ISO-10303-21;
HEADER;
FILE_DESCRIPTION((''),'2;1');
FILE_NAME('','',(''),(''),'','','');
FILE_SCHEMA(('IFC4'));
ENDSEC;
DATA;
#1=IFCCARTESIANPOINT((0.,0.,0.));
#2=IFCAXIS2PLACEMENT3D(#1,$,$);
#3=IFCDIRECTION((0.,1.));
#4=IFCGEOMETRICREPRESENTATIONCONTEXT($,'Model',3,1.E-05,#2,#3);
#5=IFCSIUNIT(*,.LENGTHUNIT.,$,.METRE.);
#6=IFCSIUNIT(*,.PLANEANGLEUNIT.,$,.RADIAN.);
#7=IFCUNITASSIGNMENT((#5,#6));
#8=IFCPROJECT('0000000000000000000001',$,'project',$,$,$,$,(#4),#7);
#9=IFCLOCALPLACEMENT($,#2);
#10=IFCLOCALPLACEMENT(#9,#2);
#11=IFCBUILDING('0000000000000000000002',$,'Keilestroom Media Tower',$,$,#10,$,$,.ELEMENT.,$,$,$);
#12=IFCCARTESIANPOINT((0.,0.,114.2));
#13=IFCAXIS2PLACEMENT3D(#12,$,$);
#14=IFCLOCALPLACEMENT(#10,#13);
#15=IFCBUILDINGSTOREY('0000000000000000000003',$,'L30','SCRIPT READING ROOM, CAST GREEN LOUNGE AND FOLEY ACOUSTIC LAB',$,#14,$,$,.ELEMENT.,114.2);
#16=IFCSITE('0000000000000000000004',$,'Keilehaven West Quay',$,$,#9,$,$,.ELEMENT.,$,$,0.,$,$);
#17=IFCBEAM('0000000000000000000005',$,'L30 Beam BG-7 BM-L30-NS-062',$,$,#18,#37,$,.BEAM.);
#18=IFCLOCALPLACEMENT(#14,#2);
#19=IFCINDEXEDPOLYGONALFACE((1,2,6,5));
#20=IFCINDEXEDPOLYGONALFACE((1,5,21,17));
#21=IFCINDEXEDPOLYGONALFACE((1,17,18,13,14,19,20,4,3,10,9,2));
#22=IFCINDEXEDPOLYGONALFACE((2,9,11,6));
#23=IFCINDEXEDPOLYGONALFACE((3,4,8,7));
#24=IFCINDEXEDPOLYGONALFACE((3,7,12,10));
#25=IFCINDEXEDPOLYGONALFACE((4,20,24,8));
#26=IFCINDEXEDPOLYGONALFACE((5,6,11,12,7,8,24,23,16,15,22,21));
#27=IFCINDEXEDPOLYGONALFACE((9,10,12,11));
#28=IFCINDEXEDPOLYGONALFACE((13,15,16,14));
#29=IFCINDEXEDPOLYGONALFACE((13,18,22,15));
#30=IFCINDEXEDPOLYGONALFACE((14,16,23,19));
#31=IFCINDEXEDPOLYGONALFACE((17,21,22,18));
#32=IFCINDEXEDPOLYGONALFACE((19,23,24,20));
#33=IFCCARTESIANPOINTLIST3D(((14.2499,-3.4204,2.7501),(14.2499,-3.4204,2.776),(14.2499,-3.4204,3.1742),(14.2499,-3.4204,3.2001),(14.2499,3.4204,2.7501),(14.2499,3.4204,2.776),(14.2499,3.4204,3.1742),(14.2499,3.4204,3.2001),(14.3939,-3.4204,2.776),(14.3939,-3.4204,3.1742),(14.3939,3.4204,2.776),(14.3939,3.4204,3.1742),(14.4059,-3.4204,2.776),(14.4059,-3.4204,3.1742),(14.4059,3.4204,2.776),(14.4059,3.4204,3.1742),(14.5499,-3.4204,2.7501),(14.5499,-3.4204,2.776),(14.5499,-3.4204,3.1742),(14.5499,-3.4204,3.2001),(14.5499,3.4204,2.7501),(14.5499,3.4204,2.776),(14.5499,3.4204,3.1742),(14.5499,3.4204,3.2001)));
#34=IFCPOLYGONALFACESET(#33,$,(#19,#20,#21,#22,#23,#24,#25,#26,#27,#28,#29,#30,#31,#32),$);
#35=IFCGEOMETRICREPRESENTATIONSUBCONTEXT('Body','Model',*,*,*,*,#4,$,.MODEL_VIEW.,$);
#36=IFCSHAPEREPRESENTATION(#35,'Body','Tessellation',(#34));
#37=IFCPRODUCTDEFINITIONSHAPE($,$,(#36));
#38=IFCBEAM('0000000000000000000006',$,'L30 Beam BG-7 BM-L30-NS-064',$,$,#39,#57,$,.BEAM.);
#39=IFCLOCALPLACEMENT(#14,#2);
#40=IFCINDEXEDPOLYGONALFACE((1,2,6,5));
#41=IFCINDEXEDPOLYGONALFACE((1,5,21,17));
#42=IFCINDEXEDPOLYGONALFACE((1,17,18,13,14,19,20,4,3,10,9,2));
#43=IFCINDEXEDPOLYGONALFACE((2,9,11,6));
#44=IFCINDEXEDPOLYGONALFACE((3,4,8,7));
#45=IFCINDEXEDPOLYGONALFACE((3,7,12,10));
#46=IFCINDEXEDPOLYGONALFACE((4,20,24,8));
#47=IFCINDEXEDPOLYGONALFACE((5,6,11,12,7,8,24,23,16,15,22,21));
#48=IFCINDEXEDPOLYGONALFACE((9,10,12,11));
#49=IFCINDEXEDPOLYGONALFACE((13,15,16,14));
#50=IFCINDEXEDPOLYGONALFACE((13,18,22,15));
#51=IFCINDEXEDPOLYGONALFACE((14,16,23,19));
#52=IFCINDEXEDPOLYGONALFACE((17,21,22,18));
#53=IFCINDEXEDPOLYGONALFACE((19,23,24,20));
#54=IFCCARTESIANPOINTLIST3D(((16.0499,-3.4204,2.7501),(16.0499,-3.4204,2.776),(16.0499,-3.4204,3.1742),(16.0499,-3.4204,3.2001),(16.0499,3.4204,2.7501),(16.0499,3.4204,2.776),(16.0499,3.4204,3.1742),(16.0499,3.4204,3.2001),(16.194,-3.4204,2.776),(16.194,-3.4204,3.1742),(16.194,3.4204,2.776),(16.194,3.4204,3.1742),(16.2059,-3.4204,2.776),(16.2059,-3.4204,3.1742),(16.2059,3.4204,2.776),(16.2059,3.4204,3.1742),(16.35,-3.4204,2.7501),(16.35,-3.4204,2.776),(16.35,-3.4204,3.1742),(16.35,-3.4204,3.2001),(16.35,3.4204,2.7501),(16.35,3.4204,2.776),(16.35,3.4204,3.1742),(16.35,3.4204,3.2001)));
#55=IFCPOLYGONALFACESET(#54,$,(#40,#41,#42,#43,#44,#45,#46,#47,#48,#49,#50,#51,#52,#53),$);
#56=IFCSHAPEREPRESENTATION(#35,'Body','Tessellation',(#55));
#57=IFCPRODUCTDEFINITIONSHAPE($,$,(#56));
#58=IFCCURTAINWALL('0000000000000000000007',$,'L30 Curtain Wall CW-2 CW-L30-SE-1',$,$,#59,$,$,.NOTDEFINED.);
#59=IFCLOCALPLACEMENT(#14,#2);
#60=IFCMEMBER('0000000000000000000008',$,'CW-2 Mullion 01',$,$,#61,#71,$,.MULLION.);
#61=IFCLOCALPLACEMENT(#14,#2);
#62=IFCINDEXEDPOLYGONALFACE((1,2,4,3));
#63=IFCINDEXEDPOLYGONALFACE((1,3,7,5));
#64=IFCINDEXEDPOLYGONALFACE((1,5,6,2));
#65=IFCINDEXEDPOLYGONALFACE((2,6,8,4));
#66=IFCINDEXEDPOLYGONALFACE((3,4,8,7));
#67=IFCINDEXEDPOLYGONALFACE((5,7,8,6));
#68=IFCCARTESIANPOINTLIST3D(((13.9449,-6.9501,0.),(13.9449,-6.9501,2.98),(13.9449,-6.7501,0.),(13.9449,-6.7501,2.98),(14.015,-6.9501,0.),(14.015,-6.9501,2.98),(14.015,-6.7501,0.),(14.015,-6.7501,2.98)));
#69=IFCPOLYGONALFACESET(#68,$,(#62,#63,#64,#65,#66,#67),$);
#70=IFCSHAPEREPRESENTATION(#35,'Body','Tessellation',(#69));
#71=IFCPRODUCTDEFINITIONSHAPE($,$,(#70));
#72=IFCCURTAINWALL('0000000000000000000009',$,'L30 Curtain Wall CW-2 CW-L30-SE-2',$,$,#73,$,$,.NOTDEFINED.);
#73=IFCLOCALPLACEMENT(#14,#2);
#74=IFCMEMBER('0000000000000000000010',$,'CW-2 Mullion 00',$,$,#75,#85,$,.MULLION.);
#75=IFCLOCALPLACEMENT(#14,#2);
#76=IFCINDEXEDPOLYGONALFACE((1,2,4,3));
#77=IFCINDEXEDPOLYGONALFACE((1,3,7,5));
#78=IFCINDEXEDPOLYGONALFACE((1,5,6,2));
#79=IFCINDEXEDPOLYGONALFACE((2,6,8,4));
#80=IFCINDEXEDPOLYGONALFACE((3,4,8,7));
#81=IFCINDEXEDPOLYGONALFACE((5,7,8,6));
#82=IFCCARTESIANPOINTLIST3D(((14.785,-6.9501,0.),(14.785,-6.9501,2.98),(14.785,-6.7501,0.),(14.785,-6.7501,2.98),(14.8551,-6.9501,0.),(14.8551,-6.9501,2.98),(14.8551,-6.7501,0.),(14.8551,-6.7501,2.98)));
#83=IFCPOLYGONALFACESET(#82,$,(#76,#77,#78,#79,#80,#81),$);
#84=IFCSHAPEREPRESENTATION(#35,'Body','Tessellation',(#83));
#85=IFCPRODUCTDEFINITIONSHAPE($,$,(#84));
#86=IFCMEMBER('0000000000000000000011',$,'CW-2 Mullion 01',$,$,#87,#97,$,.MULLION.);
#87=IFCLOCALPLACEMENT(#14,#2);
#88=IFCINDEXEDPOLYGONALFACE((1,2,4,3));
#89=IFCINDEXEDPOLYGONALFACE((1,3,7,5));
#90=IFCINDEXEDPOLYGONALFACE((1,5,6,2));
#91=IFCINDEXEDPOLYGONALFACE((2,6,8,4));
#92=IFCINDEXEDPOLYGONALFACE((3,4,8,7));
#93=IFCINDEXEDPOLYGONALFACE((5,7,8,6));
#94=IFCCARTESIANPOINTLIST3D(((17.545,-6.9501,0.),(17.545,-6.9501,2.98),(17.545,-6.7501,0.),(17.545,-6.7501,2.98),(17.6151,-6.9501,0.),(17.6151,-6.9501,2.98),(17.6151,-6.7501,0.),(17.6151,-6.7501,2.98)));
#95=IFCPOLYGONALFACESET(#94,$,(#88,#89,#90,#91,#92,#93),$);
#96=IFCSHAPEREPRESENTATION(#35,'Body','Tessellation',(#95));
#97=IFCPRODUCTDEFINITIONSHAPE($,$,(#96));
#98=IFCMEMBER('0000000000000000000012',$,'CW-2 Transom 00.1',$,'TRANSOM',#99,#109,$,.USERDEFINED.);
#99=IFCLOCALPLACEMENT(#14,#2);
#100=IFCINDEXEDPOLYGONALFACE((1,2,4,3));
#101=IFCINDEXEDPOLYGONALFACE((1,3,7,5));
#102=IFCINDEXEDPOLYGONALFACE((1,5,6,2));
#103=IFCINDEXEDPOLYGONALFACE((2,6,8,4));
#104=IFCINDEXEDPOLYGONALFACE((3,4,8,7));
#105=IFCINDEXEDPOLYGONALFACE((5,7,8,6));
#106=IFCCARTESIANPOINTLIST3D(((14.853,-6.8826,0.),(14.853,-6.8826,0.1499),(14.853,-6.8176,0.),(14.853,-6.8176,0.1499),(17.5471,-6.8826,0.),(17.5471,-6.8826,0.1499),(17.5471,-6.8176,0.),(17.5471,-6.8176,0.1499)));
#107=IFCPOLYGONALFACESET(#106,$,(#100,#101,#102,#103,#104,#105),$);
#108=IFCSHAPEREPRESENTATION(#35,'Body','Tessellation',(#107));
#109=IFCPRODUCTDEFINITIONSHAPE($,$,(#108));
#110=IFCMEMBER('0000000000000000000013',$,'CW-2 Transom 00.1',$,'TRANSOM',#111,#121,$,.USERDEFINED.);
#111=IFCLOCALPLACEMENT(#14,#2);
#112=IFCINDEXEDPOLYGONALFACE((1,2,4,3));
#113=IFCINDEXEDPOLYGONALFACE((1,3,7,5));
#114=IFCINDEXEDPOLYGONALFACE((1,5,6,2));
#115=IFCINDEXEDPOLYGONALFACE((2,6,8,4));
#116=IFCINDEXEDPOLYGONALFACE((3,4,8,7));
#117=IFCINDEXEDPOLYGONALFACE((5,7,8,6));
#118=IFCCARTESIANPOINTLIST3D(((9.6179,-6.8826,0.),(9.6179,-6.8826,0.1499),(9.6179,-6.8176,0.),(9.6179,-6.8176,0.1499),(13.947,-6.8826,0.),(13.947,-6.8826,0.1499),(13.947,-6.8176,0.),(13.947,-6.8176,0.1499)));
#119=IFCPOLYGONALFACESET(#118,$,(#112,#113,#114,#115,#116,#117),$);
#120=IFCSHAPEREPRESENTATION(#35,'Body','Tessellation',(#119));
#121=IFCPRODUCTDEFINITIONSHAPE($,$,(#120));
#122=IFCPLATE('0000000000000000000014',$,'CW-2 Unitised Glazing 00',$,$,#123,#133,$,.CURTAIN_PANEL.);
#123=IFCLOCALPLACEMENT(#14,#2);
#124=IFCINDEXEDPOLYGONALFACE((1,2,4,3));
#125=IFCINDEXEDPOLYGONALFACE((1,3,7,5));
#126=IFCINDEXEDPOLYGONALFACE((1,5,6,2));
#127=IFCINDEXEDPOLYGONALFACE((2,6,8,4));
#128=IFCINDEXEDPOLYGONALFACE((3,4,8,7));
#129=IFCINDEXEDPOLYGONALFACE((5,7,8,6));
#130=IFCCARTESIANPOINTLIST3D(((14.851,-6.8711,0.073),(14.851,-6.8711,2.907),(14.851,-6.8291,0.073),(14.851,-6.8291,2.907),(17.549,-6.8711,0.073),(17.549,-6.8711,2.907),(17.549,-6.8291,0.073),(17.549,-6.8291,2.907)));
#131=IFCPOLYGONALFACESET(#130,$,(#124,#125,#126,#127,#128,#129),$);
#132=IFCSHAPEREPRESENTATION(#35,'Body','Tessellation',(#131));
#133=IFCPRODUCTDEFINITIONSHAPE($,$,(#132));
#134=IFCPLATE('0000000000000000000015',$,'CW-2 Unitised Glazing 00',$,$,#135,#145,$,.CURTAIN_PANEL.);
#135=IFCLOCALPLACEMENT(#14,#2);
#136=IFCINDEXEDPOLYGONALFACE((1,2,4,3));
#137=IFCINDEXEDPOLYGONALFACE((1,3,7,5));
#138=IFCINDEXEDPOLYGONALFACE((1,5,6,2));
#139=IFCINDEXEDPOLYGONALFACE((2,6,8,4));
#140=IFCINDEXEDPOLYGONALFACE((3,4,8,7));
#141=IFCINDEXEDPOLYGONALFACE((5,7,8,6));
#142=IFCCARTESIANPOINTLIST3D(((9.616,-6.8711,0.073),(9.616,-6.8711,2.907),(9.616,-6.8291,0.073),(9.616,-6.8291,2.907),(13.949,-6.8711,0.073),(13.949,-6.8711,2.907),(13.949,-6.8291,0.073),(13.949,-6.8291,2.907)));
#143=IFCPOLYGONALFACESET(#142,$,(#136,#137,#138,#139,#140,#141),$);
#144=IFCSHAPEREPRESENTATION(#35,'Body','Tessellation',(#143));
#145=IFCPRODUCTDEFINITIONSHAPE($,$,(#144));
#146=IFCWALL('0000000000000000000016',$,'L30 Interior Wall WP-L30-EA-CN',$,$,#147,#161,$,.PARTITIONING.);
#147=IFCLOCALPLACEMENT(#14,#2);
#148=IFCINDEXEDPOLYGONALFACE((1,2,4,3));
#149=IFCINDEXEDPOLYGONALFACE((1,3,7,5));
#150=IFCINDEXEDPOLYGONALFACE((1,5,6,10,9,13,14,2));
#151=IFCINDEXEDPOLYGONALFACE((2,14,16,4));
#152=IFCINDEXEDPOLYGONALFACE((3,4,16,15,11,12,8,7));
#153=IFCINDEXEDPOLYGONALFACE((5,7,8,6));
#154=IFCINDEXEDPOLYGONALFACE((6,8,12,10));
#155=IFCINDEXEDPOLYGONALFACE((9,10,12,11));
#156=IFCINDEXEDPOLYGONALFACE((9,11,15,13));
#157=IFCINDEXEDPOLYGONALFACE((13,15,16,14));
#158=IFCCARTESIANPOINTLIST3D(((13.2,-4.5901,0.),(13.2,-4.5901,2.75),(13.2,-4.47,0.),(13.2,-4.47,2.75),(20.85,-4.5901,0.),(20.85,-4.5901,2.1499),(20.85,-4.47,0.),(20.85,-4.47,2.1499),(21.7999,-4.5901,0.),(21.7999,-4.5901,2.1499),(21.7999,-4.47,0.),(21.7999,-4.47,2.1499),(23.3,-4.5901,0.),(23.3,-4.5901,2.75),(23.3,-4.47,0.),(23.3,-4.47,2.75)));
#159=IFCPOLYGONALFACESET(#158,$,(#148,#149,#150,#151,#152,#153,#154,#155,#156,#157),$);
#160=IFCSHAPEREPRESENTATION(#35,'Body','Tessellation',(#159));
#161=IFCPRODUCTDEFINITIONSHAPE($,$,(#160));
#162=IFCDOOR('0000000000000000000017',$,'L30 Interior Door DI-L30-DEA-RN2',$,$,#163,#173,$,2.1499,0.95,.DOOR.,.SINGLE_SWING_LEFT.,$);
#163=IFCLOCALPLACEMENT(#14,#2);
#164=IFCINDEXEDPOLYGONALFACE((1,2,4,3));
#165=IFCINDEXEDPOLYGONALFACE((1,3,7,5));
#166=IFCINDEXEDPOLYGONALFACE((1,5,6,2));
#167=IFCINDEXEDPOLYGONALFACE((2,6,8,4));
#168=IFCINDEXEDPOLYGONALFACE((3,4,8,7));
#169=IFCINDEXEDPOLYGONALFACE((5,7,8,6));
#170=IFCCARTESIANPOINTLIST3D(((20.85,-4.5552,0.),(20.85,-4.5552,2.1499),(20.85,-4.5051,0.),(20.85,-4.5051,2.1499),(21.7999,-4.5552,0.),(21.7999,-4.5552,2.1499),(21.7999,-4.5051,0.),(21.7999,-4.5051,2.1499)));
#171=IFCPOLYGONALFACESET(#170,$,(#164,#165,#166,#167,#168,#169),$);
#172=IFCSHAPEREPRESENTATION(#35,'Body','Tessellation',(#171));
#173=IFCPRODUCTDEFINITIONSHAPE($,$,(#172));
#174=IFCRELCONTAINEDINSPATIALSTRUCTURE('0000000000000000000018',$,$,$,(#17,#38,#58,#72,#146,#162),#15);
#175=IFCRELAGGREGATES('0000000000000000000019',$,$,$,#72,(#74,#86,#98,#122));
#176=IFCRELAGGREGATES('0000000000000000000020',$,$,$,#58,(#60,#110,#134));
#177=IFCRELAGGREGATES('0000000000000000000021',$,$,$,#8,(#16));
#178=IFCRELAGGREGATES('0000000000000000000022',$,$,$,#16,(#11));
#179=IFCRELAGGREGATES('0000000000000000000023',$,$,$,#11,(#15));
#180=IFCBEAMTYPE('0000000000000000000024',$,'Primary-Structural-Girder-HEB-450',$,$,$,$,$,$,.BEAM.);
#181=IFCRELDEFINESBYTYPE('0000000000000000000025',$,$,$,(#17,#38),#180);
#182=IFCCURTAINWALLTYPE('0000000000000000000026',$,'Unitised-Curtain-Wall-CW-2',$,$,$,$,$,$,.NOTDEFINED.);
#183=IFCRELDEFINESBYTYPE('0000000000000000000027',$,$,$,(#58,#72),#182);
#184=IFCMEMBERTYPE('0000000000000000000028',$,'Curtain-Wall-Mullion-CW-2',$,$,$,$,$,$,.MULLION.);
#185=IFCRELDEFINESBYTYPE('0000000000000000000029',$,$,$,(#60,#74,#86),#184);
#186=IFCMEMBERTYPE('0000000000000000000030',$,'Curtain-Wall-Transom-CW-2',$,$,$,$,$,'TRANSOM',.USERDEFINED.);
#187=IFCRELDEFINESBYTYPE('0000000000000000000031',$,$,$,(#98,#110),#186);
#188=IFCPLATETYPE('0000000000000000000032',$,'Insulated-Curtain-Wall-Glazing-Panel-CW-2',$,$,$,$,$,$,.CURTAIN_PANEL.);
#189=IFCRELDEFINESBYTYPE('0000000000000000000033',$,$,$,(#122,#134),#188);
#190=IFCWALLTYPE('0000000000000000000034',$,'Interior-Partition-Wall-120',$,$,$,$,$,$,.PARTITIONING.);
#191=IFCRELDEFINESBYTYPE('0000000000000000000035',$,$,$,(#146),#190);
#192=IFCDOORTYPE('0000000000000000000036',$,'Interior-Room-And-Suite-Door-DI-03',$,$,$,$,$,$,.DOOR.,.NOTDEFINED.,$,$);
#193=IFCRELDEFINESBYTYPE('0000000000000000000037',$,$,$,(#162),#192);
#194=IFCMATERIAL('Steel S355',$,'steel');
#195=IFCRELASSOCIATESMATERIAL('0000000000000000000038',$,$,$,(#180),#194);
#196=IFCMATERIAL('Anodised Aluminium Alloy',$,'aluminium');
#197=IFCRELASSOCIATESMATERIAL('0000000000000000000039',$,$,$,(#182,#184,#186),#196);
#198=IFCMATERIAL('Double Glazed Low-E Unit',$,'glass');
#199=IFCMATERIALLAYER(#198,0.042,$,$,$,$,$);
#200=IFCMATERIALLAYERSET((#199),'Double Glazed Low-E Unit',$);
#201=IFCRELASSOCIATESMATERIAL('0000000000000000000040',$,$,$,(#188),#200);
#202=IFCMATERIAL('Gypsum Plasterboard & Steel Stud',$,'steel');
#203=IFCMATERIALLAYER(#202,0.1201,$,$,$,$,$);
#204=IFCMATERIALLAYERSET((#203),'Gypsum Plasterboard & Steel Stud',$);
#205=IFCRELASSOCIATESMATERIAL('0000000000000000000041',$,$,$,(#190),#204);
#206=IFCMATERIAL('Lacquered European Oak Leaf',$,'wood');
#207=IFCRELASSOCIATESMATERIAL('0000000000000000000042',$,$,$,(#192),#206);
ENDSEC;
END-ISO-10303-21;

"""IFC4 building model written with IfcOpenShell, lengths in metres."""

from ifc_helpers import new_model, si_unit, direction, frame, frame_2d, origin, origin_2d, place, context, subcontext, project, spatial, rectangle, i_section, extrude, source, transform, mapped, material, layer, layer_set, material_profile, profile_set, type_object, element, fill, aggregate, save


model = new_model("IFC4")

# Units and contexts
model_context = context("Model", 3, precision=1e-05, world=origin(), true_north=direction((0.0, 1.0)))
body_context = subcontext(model_context, "Body", "Model", "MODEL_VIEW")
ifc_project = project(units=[si_unit("LENGTHUNIT", "METRE"), si_unit("PLANEANGLEUNIT", "RADIAN")], contexts=[model_context])

# Site, building, storey
site_placement = place(None, origin())
site = spatial("IfcSite", under=ifc_project, at=site_placement, Name="Keilehaven West Quay", CompositionType="ELEMENT", RefElevation=0.0)
building_placement = place(site_placement, origin())
building = spatial("IfcBuilding", under=site, at=building_placement, Name="Keilestroom Media Tower", CompositionType="ELEMENT")
storey_placement = place(building_placement, frame((0.0, 0.0, 114.2)))
storey = spatial("IfcBuildingStorey", under=building, at=storey_placement, Name="L30", Description="SCRIPT READING ROOM, CAST GREEN LOUNGE AND FOLEY ACOUSTIC LAB", CompositionType="ELEMENT", Elevation=114.2)

# Shared definitions
ifc_material_1 = material(Name="Steel S355", Category="steel")

# Beams
ifc_material_profile_1 = material_profile(ifc_material_1, i_section(OverallWidth=0.3, OverallDepth=0.45, WebThickness=0.012, FlangeThickness=0.0259, at=origin_2d()), Name="HEB 450")
ifc_profile_set_1 = profile_set([ifc_material_profile_1], Name="Steel S355")
beam_type_1 = type_object("IfcBeamType", Name="Primary-Structural-Girder-HEB-450", PredefinedType="BEAM", material=ifc_profile_set_1)
shared_shape_1 = source(origin(), body_context, "Body", "SweptSolid", [
    extrude(i_section(OverallWidth=0.3, OverallDepth=0.45, WebThickness=0.012, FlangeThickness=0.0259, at=origin_2d()), origin(), (0.0, 0.0, 1.0), 6.8408),
])
for number, where, z_axis, x_axis, name in (
    (1, (14.3999, -3.4204, 2.9751), (0.0, 1.0, 0.0), (-1.0, 0.0, 0.0), "L30 Beam BG-7 BM-L30-NS-062"),
    (2, (16.2, -3.4204, 2.9751), (0.0, 1.0, 0.0), (-1.0, 0.0, 0.0), "L30 Beam BG-7 BM-L30-NS-064"),
):
    element("IfcBeam", number, at=place(storey_placement, frame(where, z_axis=z_axis, x_axis=x_axis)), inside=storey, type_object=beam_type_1, Name=name, PredefinedType="BEAM", context=body_context, shape_type="MappedRepresentation", body=[
        mapped(shared_shape_1, transform((0.0, 0.0, 0.0), x_axis=(1.0, 0.0, 0.0), y_axis=(0.0, 1.0, 0.0), z_axis=(0.0, 0.0, 1.0), scale=1.0)),
    ])

# Curtain wall, member
ifc_material_2 = material(Name="Anodised Aluminium Alloy", Category="aluminium")
curtain_wall_type = type_object("IfcCurtainWallType", Name="Unitised-Curtain-Wall-CW-2", PredefinedType="NOTDEFINED", material=ifc_material_2)
curtain_wall_1_placement = place(storey_placement, origin())
curtain_wall_1 = element("IfcCurtainWall", 3, at=curtain_wall_1_placement, inside=storey, type_object=curtain_wall_type, Name="L30 Curtain Wall CW-2 CW-L30-SE-1", PredefinedType="NOTDEFINED")
ifc_material_profile_2 = material_profile(ifc_material_2, rectangle(XDim=0.0701, YDim=0.2, at=origin_2d()), Name="ALU MULLION 70x200")
ifc_profile_set_2 = profile_set([ifc_material_profile_2], Name="Anodised Aluminium Alloy")
member_type_1 = type_object("IfcMemberType", Name="Curtain-Wall-Mullion-CW-2", PredefinedType="MULLION", material=ifc_profile_set_2)
shared_shape_2 = source(origin(), body_context, "Body", "SweptSolid", [
    extrude(rectangle(XDim=0.0701, YDim=0.2, at=origin_2d()), origin(), (0.0, 0.0, 1.0), 2.98),
])
member_1_placement = place(storey_placement, frame((13.98, -6.8501, 0.0), z_axis=(0.0, 0.0, 1.0), x_axis=(1.0, 0.0, 0.0)))
member_1 = element("IfcMember", 4, at=member_1_placement, type_object=member_type_1, Name="CW-2 Mullion 01", PredefinedType="MULLION", context=body_context, shape_type="MappedRepresentation", body=[
    mapped(shared_shape_2, transform((0.0, 0.0, 0.0), x_axis=(1.0, 0.0, 0.0), y_axis=(0.0, 1.0, 0.0), z_axis=(0.0, 0.0, 1.0), scale=1.0)),
])

# Curtain wall, members
curtain_wall_2_placement = place(storey_placement, origin())
curtain_wall_2 = element("IfcCurtainWall", 5, at=curtain_wall_2_placement, inside=storey, type_object=curtain_wall_type, Name="L30 Curtain Wall CW-2 CW-L30-SE-2", PredefinedType="NOTDEFINED")
member_2_placement = place(storey_placement, frame((14.8201, -6.8501, 0.0), z_axis=(0.0, 0.0, 1.0), x_axis=(1.0, 0.0, 0.0)))
member_2 = element("IfcMember", 6, at=member_2_placement, type_object=member_type_1, Name="CW-2 Mullion 00", PredefinedType="MULLION", context=body_context, shape_type="MappedRepresentation", body=[
    mapped(shared_shape_2, transform((0.0, 0.0, 0.0), x_axis=(1.0, 0.0, 0.0), y_axis=(0.0, 1.0, 0.0), z_axis=(0.0, 0.0, 1.0), scale=1.0)),
])
member_3_placement = place(storey_placement, frame((17.5801, -6.8501, 0.0), z_axis=(0.0, 0.0, 1.0), x_axis=(1.0, 0.0, 0.0)))
member_3 = element("IfcMember", 7, at=member_3_placement, type_object=member_type_1, Name="CW-2 Mullion 01", PredefinedType="MULLION", context=body_context, shape_type="MappedRepresentation", body=[
    mapped(shared_shape_2, transform((0.0, 0.0, 0.0), x_axis=(1.0, 0.0, 0.0), y_axis=(0.0, 1.0, 0.0), z_axis=(0.0, 0.0, 1.0), scale=1.0)),
])
ifc_material_profile_3 = material_profile(ifc_material_2, rectangle(XDim=0.0649, YDim=0.1499, at=origin_2d()), Name="ALU TRANSOM 65x150")
ifc_profile_set_3 = profile_set([ifc_material_profile_3], Name="Anodised Aluminium Alloy")
member_type_2 = type_object("IfcMemberType", Name="Curtain-Wall-Transom-CW-2", ElementType="TRANSOM", PredefinedType="USERDEFINED", material=ifc_profile_set_3)
shared_shape_3 = source(origin(), body_context, "Body", "SweptSolid", [
    extrude(rectangle(XDim=0.0649, YDim=0.1499, at=origin_2d()), origin(), (0.0, 0.0, 1.0), 2.6941),
])
member_4_placement = place(storey_placement, frame((14.853, -6.8501, 0.075), z_axis=(1.0, 0.0, 0.0), x_axis=(0.0, 1.0, 0.0)))
member_4 = element("IfcMember", 8, at=member_4_placement, type_object=member_type_2, Name="CW-2 Transom 00.1", ObjectType="TRANSOM", PredefinedType="USERDEFINED", context=body_context, shape_type="MappedRepresentation", body=[
    mapped(shared_shape_3, transform((0.0, 0.0, 0.0), x_axis=(1.0, 0.0, 0.0), y_axis=(0.0, 1.0, 0.0), z_axis=(0.0, 0.0, 1.0), scale=1.0)),
])

# Member
shared_shape_4 = source(origin(), body_context, "Body", "SweptSolid", [
    extrude(rectangle(XDim=0.0649, YDim=0.1499, at=origin_2d()), origin(), (0.0, 0.0, 1.0), 4.3291),
])
member_5_placement = place(storey_placement, frame((9.6179, -6.8501, 0.075), z_axis=(1.0, 0.0, 0.0), x_axis=(0.0, 1.0, 0.0)))
member_5 = element("IfcMember", 9, at=member_5_placement, type_object=member_type_2, Name="CW-2 Transom 00.1", ObjectType="TRANSOM", PredefinedType="USERDEFINED", context=body_context, shape_type="MappedRepresentation", body=[
    mapped(shared_shape_4, transform((0.0, 0.0, 0.0), x_axis=(1.0, 0.0, 0.0), y_axis=(0.0, 1.0, 0.0), z_axis=(0.0, 0.0, 1.0), scale=1.0)),
])

# Plates
ifc_material_3 = material(Name="Double Glazed Low-E Unit", Category="glass")
ifc_layer_1 = layer(ifc_material_3, 0.042)
ifc_layer_set_1 = layer_set([ifc_layer_1], Name="Double Glazed Low-E Unit")
plate_type = type_object("IfcPlateType", Name="Insulated-Curtain-Wall-Glazing-Panel-CW-2", PredefinedType="CURTAIN_PANEL", material=ifc_layer_set_1)
shared_shape_5 = source(origin(), body_context, "Body", "SweptSolid", [
    extrude(rectangle(XDim=2.698, YDim=0.042, at=origin_2d()), origin(), (0.0, 0.0, 1.0), 2.834),
])
plate_1_placement = place(storey_placement, frame((16.2, -6.8501, 0.073), z_axis=(0.0, 0.0, 1.0), x_axis=(1.0, 0.0, 0.0)))
plate_1 = element("IfcPlate", 10, at=plate_1_placement, type_object=plate_type, Name="CW-2 Unitised Glazing 00", PredefinedType="CURTAIN_PANEL", context=body_context, shape_type="MappedRepresentation", body=[
    mapped(shared_shape_5, transform((0.0, 0.0, 0.0), x_axis=(1.0, 0.0, 0.0), y_axis=(0.0, 1.0, 0.0), z_axis=(0.0, 0.0, 1.0), scale=1.0)),
])
aggregate(curtain_wall_2, [member_2, member_3, member_4, plate_1])
shared_shape_6 = source(origin(), body_context, "Body", "SweptSolid", [
    extrude(rectangle(XDim=4.333, YDim=0.042, at=origin_2d()), origin(), (0.0, 0.0, 1.0), 2.834),
])
plate_2_placement = place(storey_placement, frame((11.7825, -6.8501, 0.073), z_axis=(0.0, 0.0, 1.0), x_axis=(1.0, 0.0, 0.0)))
plate_2 = element("IfcPlate", 11, at=plate_2_placement, type_object=plate_type, Name="CW-2 Unitised Glazing 00", PredefinedType="CURTAIN_PANEL", context=body_context, shape_type="MappedRepresentation", body=[
    mapped(shared_shape_6, transform((0.0, 0.0, 0.0), x_axis=(1.0, 0.0, 0.0), y_axis=(0.0, 1.0, 0.0), z_axis=(0.0, 0.0, 1.0), scale=1.0)),
])
aggregate(curtain_wall_1, [member_1, member_5, plate_2])

# Wall, opening, door
ifc_material_4 = material(Name="Gypsum Plasterboard & Steel Stud", Category="steel")
ifc_layer_2 = layer(ifc_material_4, 0.1201)
ifc_layer_set_2 = layer_set([ifc_layer_2], Name="Gypsum Plasterboard & Steel Stud")
wall_type_1 = type_object("IfcWallType", Name="Interior-Partition-Wall-120", PredefinedType="PARTITIONING", material=ifc_layer_set_2)
wall_1_placement = place(storey_placement, frame((13.2, -4.53, 0.0), z_axis=(0.0, 0.0, 1.0), x_axis=(1.0, 0.0, 0.0)))
wall_1 = element("IfcWall", 12, at=wall_1_placement, inside=storey, type_object=wall_type_1, Name="L30 Interior Wall WP-L30-EA-CN", PredefinedType="PARTITIONING", context=body_context, shape_type="SweptSolid", body=[
    extrude(rectangle(XDim=10.1001, YDim=0.1201, at=frame_2d((5.05, 0.0))), origin(), (0.0, 0.0, 1.0), 2.75),
])
opening_1_placement = place(wall_1_placement, frame((7.6499, 0.0, 0.0)))
opening_1 = element("IfcOpeningElement", 13, at=opening_1_placement, cuts=wall_1, PredefinedType="OPENING", context=body_context, shape_type="SweptSolid", body=[
    extrude(rectangle(XDim=0.95, YDim=2.1499, at=frame_2d((0.4751, 1.075))), frame((0.0, 0.0701, 0.0), z_axis=(0.0, -1.0, 0.0), x_axis=(1.0, 0.0, 0.0)), (0.0, 0.0, 1.0), 0.1401),
])
ifc_material_5 = material(Name="Lacquered European Oak Leaf", Category="wood")
door_type_1 = type_object("IfcDoorType", Name="Interior-Room-And-Suite-Door-DI-03", OperationType="NOTDEFINED", PredefinedType="DOOR", material=ifc_material_5)
shared_shape_7 = source(origin(), body_context, "Body", "SweptSolid", [
    extrude(rectangle(XDim=0.95, YDim=2.1499, at=frame_2d((0.4751, 1.075))), frame((0.0, 0.0249, 0.0), z_axis=(0.0, -1.0, 0.0), x_axis=(1.0, 0.0, 0.0)), (0.0, 0.0, 1.0), 0.05),
])
door_1_placement = place(opening_1_placement, origin())
door_1 = element("IfcDoor", 14, at=door_1_placement, inside=storey, type_object=door_type_1, Name="L30 Interior Door DI-L30-DEA-RN2", OperationType="SINGLE_SWING_LEFT", OverallHeight=2.1499, OverallWidth=0.95, PredefinedType="DOOR", context=body_context, shape_type="MappedRepresentation", body=[
    mapped(shared_shape_7, transform((0.0, 0.0, 0.0), x_axis=(1.0, 0.0, 0.0), y_axis=(0.0, 1.0, 0.0), z_axis=(0.0, 0.0, 1.0), scale=1.0)),
])
fill(opening_1, door_1)

save(model, "model.ifc")
